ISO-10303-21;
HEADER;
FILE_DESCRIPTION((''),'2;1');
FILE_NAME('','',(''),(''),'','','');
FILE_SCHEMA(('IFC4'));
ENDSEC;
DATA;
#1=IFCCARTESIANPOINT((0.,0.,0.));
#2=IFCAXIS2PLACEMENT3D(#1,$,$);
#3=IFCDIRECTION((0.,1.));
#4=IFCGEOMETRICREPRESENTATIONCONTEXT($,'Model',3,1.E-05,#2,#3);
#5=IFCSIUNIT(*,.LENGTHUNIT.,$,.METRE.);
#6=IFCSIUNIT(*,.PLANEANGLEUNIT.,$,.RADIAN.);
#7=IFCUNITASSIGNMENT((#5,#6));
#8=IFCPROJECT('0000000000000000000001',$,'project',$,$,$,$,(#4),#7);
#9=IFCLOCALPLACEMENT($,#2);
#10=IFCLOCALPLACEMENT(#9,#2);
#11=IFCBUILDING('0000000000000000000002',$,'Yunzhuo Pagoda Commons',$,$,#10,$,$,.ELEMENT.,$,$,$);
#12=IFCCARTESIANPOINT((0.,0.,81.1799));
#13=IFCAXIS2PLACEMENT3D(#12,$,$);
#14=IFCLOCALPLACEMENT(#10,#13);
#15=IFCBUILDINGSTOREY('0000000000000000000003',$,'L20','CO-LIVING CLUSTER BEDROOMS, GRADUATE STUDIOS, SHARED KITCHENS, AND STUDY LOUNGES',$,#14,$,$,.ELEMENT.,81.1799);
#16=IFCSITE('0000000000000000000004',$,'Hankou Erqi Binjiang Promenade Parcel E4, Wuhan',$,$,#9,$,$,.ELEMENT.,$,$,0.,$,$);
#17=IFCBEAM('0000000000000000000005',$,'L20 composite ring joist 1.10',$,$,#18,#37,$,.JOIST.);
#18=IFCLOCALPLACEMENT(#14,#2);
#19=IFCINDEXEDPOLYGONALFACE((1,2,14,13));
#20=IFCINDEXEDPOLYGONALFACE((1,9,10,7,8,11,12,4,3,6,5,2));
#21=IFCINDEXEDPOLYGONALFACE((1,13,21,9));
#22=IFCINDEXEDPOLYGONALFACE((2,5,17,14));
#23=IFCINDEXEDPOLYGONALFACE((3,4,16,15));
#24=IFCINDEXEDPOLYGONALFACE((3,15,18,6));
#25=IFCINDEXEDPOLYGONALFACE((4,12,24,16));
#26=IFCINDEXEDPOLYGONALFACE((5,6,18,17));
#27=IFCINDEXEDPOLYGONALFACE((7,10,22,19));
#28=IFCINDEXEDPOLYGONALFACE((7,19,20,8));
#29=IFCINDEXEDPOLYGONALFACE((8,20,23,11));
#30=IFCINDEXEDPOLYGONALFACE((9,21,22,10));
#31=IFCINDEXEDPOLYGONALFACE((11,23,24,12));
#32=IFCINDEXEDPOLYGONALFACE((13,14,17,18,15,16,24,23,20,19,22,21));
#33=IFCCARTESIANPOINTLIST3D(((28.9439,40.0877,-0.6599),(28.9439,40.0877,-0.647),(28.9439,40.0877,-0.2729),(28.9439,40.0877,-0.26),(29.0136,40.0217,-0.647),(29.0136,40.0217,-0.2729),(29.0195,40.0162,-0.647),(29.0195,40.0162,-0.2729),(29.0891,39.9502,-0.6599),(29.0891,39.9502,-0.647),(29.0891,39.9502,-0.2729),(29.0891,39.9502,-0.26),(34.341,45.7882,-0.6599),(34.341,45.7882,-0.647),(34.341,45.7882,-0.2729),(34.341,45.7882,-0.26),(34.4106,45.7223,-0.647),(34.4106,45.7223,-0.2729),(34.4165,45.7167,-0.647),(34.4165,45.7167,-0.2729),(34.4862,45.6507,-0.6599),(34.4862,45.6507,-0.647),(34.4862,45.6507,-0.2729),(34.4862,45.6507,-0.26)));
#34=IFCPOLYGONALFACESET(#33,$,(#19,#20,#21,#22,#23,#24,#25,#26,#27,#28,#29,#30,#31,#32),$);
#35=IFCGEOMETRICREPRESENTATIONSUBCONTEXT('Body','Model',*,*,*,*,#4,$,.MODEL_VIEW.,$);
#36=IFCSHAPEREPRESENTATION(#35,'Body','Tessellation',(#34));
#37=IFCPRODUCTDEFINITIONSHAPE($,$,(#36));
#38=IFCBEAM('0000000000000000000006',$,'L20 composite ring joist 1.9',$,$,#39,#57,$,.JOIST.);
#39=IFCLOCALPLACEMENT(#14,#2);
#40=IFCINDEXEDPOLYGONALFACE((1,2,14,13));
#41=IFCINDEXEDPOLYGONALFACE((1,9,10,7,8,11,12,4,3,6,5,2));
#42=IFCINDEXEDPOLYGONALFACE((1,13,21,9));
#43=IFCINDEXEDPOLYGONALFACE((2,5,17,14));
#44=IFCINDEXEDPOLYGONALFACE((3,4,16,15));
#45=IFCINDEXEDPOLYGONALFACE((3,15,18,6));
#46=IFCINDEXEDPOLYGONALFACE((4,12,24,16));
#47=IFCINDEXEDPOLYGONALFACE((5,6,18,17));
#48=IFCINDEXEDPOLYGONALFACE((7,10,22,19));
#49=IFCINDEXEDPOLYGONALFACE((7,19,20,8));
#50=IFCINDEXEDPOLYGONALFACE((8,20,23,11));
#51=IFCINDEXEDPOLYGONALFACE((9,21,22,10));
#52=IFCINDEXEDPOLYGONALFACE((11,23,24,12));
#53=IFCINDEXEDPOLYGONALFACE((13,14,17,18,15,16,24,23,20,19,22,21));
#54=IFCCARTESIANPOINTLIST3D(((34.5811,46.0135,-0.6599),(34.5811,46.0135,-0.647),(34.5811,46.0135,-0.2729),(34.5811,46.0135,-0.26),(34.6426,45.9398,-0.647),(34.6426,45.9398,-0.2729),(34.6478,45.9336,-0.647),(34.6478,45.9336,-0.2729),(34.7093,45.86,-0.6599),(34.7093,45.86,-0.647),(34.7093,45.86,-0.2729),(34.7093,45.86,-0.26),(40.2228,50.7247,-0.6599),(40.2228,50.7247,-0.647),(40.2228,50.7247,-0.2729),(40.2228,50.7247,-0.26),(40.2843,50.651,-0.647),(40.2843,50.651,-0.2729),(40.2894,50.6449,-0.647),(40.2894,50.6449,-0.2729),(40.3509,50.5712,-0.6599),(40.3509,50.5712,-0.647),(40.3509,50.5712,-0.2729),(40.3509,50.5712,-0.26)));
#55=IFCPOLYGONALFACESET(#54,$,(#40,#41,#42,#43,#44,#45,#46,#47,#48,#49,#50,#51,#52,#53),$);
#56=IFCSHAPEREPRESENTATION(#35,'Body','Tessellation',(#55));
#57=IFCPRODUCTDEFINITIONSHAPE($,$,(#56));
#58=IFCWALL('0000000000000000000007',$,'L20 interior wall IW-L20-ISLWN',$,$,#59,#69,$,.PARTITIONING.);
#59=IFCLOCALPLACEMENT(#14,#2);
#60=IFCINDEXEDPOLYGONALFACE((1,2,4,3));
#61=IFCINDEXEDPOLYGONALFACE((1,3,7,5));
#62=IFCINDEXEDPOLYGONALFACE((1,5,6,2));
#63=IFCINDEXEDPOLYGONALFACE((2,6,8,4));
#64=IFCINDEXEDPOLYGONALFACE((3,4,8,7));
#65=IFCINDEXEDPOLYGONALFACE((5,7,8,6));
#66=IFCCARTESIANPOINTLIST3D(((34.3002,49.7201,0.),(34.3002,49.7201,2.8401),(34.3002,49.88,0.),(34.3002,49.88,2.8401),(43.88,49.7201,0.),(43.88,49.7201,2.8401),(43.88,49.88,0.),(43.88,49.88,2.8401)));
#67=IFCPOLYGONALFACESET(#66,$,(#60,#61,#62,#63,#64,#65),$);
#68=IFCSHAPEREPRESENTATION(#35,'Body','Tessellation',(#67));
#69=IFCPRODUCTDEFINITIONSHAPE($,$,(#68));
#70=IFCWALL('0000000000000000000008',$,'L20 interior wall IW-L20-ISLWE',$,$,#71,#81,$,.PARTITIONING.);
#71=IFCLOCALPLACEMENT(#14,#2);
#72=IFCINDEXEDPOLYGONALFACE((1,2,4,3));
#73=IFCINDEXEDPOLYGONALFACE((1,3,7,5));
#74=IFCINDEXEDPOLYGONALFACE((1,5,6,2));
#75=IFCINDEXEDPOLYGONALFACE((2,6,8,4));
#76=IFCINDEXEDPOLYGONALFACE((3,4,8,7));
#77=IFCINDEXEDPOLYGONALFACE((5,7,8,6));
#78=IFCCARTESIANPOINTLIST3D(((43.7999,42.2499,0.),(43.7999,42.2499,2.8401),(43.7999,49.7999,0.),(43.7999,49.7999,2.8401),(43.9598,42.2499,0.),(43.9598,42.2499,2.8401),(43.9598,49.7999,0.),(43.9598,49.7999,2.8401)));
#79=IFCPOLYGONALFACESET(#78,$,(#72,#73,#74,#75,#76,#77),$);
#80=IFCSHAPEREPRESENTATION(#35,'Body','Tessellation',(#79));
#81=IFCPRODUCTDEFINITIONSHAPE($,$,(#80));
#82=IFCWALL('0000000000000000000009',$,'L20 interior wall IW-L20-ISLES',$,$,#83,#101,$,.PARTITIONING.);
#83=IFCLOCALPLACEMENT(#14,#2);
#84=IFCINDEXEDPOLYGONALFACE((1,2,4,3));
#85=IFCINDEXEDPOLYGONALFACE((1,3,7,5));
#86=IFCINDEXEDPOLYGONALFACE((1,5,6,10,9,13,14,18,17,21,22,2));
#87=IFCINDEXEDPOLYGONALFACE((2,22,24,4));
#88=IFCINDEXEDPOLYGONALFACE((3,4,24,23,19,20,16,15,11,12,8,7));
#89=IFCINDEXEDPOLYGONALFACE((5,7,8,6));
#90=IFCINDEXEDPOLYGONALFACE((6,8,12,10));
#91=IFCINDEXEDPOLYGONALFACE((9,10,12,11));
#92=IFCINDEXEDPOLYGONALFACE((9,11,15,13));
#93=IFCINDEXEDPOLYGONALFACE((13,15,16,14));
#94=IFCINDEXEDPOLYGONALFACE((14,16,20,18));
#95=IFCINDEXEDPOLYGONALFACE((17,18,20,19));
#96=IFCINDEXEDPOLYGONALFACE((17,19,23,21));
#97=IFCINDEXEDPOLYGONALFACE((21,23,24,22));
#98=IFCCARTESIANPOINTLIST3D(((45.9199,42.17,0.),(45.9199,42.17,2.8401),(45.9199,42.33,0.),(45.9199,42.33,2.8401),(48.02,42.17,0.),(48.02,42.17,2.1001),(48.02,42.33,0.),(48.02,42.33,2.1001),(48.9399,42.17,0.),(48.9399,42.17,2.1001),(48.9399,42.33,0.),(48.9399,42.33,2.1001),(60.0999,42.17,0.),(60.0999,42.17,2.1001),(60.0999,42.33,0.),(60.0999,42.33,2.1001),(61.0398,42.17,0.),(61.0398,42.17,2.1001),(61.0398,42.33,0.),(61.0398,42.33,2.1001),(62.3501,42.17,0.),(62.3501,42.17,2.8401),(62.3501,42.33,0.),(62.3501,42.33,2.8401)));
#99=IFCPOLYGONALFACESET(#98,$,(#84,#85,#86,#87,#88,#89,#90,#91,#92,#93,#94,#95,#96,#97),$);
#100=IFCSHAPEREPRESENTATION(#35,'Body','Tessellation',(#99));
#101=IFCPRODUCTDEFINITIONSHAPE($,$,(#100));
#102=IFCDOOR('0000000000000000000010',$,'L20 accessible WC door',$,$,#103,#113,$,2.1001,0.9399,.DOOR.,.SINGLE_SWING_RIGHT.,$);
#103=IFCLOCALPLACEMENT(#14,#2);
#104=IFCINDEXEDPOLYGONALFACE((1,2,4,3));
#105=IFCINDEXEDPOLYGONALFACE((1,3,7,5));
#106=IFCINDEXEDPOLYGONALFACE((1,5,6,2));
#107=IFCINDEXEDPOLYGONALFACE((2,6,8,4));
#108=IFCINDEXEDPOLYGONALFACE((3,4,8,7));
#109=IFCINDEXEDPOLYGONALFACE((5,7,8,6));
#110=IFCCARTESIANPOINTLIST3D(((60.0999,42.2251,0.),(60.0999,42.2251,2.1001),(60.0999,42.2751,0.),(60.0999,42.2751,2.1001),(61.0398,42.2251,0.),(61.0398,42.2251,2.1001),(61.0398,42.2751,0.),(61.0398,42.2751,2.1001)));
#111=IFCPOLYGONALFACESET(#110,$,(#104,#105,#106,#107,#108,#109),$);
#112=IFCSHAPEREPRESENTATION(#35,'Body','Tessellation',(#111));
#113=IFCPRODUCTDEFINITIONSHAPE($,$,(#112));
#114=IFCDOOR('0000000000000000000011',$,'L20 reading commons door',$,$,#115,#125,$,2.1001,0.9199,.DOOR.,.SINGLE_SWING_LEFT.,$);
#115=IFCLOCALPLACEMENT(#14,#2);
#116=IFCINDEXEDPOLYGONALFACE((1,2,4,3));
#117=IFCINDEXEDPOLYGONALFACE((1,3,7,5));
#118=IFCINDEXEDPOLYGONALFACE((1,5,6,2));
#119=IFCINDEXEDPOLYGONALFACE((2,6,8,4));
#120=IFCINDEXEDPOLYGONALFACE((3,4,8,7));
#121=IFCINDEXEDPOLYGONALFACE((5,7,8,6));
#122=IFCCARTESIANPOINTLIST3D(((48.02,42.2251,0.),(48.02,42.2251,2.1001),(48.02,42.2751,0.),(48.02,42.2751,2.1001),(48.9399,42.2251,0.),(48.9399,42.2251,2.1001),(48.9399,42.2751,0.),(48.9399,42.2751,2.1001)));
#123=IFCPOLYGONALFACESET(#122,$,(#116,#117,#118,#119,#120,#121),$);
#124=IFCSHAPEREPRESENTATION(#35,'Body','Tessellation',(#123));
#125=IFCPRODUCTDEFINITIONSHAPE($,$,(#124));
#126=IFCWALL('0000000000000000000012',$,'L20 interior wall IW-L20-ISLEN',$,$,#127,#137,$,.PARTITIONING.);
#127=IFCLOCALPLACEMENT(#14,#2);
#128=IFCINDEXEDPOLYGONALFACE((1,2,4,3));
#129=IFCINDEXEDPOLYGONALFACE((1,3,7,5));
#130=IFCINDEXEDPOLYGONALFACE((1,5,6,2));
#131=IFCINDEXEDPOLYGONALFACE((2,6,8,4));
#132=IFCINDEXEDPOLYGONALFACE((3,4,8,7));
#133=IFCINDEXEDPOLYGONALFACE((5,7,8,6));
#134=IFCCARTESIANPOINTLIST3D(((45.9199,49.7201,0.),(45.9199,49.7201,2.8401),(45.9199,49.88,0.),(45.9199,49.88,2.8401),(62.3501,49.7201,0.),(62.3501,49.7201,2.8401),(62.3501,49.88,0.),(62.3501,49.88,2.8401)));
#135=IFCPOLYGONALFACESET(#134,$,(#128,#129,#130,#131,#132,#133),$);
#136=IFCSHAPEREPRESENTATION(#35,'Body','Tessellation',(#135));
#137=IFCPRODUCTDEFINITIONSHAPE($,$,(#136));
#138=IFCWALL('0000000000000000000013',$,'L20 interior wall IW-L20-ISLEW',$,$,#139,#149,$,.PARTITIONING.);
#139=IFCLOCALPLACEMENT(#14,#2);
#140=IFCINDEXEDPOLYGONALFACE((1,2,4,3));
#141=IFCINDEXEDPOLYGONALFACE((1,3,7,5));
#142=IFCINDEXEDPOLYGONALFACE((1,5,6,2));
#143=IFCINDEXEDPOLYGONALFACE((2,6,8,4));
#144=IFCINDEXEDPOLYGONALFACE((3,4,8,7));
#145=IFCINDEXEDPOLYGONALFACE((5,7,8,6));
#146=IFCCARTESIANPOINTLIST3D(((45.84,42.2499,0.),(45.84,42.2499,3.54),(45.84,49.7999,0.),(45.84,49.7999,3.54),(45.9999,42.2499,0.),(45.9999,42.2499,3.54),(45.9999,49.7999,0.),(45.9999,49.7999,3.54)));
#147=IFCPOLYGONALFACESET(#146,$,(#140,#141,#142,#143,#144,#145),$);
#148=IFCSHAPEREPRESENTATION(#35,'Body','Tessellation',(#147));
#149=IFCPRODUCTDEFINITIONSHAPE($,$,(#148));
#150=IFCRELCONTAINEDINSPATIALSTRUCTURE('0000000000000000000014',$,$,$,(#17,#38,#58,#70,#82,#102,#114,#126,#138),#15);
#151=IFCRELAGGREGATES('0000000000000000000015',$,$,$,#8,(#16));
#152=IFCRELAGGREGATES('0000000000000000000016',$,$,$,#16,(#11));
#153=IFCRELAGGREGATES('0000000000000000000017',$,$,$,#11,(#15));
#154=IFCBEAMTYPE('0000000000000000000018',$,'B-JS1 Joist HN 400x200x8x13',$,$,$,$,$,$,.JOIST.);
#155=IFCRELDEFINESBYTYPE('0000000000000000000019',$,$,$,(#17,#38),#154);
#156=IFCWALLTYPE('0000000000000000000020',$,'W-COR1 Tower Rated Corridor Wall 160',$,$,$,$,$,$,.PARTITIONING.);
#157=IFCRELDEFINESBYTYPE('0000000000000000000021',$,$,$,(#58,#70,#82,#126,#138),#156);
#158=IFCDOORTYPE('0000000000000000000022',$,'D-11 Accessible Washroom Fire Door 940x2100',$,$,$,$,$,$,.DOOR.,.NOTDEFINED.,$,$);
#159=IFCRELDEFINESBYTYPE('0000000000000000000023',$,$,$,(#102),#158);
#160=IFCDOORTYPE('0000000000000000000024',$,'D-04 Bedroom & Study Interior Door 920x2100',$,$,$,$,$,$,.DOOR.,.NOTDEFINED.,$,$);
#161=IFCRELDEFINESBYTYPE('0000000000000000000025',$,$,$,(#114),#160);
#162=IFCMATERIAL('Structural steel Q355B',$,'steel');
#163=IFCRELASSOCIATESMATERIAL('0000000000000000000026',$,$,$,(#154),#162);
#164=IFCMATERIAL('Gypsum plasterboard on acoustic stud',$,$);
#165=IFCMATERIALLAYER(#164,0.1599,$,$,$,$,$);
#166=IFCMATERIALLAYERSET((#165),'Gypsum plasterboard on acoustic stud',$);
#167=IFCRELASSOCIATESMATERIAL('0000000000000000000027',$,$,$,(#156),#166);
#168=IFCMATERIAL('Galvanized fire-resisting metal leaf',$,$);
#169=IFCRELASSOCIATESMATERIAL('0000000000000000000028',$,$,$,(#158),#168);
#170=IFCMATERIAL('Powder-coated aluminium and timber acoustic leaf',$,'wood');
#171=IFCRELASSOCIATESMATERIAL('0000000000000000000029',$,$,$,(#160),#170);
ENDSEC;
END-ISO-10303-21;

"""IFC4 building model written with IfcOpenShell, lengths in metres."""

from ifc_helpers import new_model, si_unit, direction, frame, frame_2d, origin, origin_2d, place, context, subcontext, project, spatial, rectangle, i_section, extrude, source, transform, mapped, material, layer, layer_set, material_profile, profile_set, type_object, element, fill, save


model = new_model("IFC4")

# Units and contexts
model_context = context("Model", 3, precision=1e-05, world=origin(), true_north=direction((0.0, 1.0)))
body_context = subcontext(model_context, "Body", "Model", "MODEL_VIEW")
ifc_project = project(units=[si_unit("LENGTHUNIT", "METRE"), si_unit("PLANEANGLEUNIT", "RADIAN")], contexts=[model_context])

# Site, building, storey
site_placement = place(None, origin())
site = spatial("IfcSite", under=ifc_project, at=site_placement, Name="Hankou Erqi Binjiang Promenade Parcel E4, Wuhan", CompositionType="ELEMENT", RefElevation=0.0)
building_placement = place(site_placement, origin())
building = spatial("IfcBuilding", under=site, at=building_placement, Name="Yunzhuo Pagoda Commons", CompositionType="ELEMENT")
storey_placement = place(building_placement, frame((0.0, 0.0, 81.1799)))
storey = spatial("IfcBuildingStorey", under=building, at=storey_placement, Name="L20", Description="CO-LIVING CLUSTER BEDROOMS, GRADUATE STUDIOS, SHARED KITCHENS, AND STUDY LOUNGES", CompositionType="ELEMENT", Elevation=81.1799)

# Beams
ifc_material_1 = material(Name="Structural steel Q355B", Category="steel")
ifc_material_profile = material_profile(ifc_material_1, i_section(OverallWidth=0.2, OverallDepth=0.3999, WebThickness=0.0081, FlangeThickness=0.0129, at=origin_2d()), Name="Structural steel Q355B")
ifc_profile_set = profile_set([ifc_material_profile], Name="Structural steel Q355B")
beam_type = type_object("IfcBeamType", Name="B-JS1 Joist HN 400x200x8x13", PredefinedType="JOIST", material=ifc_profile_set)
shared_shape_1 = source(origin(), body_context, "Body", "SweptSolid", [
    extrude(i_section(OverallWidth=0.2, OverallDepth=0.3999, WebThickness=0.0081, FlangeThickness=0.0129, at=origin_2d()), origin(), (0.0, 0.0, 1.0), 7.8501),
])
beam_1_placement = place(storey_placement, frame((34.4136, 45.7195, -0.46), z_axis=(-0.687513, -0.726172, 0.0), x_axis=(0.726172, -0.687513, 0.0)))
element("IfcBeam", 1, at=beam_1_placement, inside=storey, type_object=beam_type, Name="L20 composite ring joist 1.10", PredefinedType="JOIST", context=body_context, shape_type="MappedRepresentation", body=[
    mapped(shared_shape_1, transform((0.0, 0.0, 0.0), scale=1.0)),
])
shared_shape_2 = source(origin(), body_context, "Body", "SweptSolid", [
    extrude(i_section(OverallWidth=0.2, OverallDepth=0.3999, WebThickness=0.0081, FlangeThickness=0.0129, at=origin_2d()), origin(), (0.0, 0.0, 1.0), 7.3501),
])
beam_2_placement = place(storey_placement, frame((40.2869, 50.6479, -0.46), z_axis=(-0.767562, -0.640975, 0.0), x_axis=(0.640975, -0.767562, 0.0)))
element("IfcBeam", 2, at=beam_2_placement, inside=storey, type_object=beam_type, Name="L20 composite ring joist 1.9", PredefinedType="JOIST", context=body_context, shape_type="MappedRepresentation", body=[
    mapped(shared_shape_2, transform((0.0, 0.0, 0.0), scale=1.0)),
])

# Walls
ifc_material_2 = material(Name="Gypsum plasterboard on acoustic stud")
ifc_layer_1 = layer(ifc_material_2, 0.1599)
ifc_layer_set_1 = layer_set([ifc_layer_1], Name="Gypsum plasterboard on acoustic stud")
wall_type_1 = type_object("IfcWallType", Name="W-COR1 Tower Rated Corridor Wall 160", PredefinedType="PARTITIONING", material=ifc_layer_set_1)
wall_1_placement = place(storey_placement, frame((34.3, 49.8, 0.0), z_axis=(0.0, 0.0, 1.0), x_axis=(1.0, 0.0, 0.0)))
element("IfcWall", 3, at=wall_1_placement, inside=storey, type_object=wall_type_1, Name="L20 interior wall IW-L20-ISLWN", PredefinedType="PARTITIONING", context=body_context, shape_type="SweptSolid", body=[
    extrude(rectangle(XDim=9.5798, YDim=0.1599, at=frame_2d((4.79, 0.0))), origin(), (0.0, 0.0, 1.0), 2.8401),
])
wall_2_placement = place(storey_placement, frame((43.8799, 42.25, 0.0), z_axis=(0.0, 0.0, 1.0), x_axis=(0.0, 1.0, 0.0)))
element("IfcWall", 4, at=wall_2_placement, inside=storey, type_object=wall_type_1, Name="L20 interior wall IW-L20-ISLWE", PredefinedType="PARTITIONING", context=body_context, shape_type="SweptSolid", body=[
    extrude(rectangle(XDim=7.55, YDim=0.1599, at=frame_2d((3.7749, 0.0))), origin(), (0.0, 0.0, 1.0), 2.8401),
])

# Wall, openings, doors
wall_3_placement = place(storey_placement, frame((45.9199, 42.25, 0.0), z_axis=(0.0, 0.0, 1.0), x_axis=(1.0, 0.0, 0.0)))
wall_3 = element("IfcWall", 5, at=wall_3_placement, inside=storey, type_object=wall_type_1, Name="L20 interior wall IW-L20-ISLES", PredefinedType="PARTITIONING", context=body_context, shape_type="SweptSolid", body=[
    extrude(rectangle(XDim=16.4302, YDim=0.1599, at=frame_2d((8.2151, 0.0))), origin(), (0.0, 0.0, 1.0), 2.8401),
])
opening_1_placement = place(wall_3_placement, frame((2.1001, 0.0, 0.0)))
opening_1 = element("IfcOpeningElement", 6, at=opening_1_placement, cuts=wall_3, PredefinedType="OPENING", context=body_context, shape_type="SweptSolid", body=[
    extrude(rectangle(XDim=0.9199, YDim=2.1001, at=frame_2d((0.46, 1.05))), frame((0.0, 0.0898, 0.0), z_axis=(0.0, -1.0, 0.0), x_axis=(1.0, 0.0, 0.0)), (0.0, 0.0, 1.0), 0.1799),
])
opening_2_placement = place(wall_3_placement, frame((14.1799, 0.0, 0.0)))
opening_2 = element("IfcOpeningElement", 7, at=opening_2_placement, cuts=wall_3, PredefinedType="OPENING", context=body_context, shape_type="SweptSolid", body=[
    extrude(rectangle(XDim=0.9399, YDim=2.1001, at=frame_2d((0.47, 1.05))), frame((0.0, 0.0898, 0.0), z_axis=(0.0, -1.0, 0.0), x_axis=(1.0, 0.0, 0.0)), (0.0, 0.0, 1.0), 0.1799),
])
ifc_material_3 = material(Name="Galvanized fire-resisting metal leaf")
door_type_1 = type_object("IfcDoorType", Name="D-11 Accessible Washroom Fire Door 940x2100", OperationType="NOTDEFINED", PredefinedType="DOOR", material=ifc_material_3)
shared_shape_3 = source(origin(), body_context, "Body", "SweptSolid", [
    extrude(rectangle(XDim=0.9399, YDim=2.1001, at=frame_2d((0.47, 1.05))), frame((0.0, 0.0249, 0.0), z_axis=(0.0, -1.0, 0.0), x_axis=(1.0, 0.0, 0.0)), (0.0, 0.0, 1.0), 0.05),
])
door_1_placement = place(opening_2_placement, frame((0.9399, 0.0, 0.0), z_axis=(0.0, 0.0, 1.0), x_axis=(-1.0, 0.0, 0.0)))
door_1 = element("IfcDoor", 8, at=door_1_placement, inside=storey, type_object=door_type_1, Name="L20 accessible WC door", OperationType="SINGLE_SWING_RIGHT", OverallHeight=2.1001, OverallWidth=0.9399, PredefinedType="DOOR", context=body_context, shape_type="MappedRepresentation", body=[
    mapped(shared_shape_3, transform((0.0, 0.0, 0.0), scale=1.0)),
])
fill(opening_2, door_1)
ifc_material_4 = material(Name="Powder-coated aluminium and timber acoustic leaf", Category="wood")
door_type_2 = type_object("IfcDoorType", Name="D-04 Bedroom & Study Interior Door 920x2100", OperationType="NOTDEFINED", PredefinedType="DOOR", material=ifc_material_4)
shared_shape_4 = source(origin(), body_context, "Body", "SweptSolid", [
    extrude(rectangle(XDim=0.9199, YDim=2.1001, at=frame_2d((0.46, 1.05))), frame((0.0, 0.0249, 0.0), z_axis=(0.0, -1.0, 0.0), x_axis=(1.0, 0.0, 0.0)), (0.0, 0.0, 1.0), 0.05),
])
door_2_placement = place(opening_1_placement, frame((0.9199, 0.0, 0.0), z_axis=(0.0, 0.0, 1.0), x_axis=(-1.0, 0.0, 0.0)))
door_2 = element("IfcDoor", 9, at=door_2_placement, inside=storey, type_object=door_type_2, Name="L20 reading commons door", OperationType="SINGLE_SWING_LEFT", OverallHeight=2.1001, OverallWidth=0.9199, PredefinedType="DOOR", context=body_context, shape_type="MappedRepresentation", body=[
    mapped(shared_shape_4, transform((0.0, 0.0, 0.0), scale=1.0)),
])
fill(opening_1, door_2)

# Walls
wall_4_placement = place(storey_placement, frame((45.9199, 49.8, 0.0), z_axis=(0.0, 0.0, 1.0), x_axis=(1.0, 0.0, 0.0)))
element("IfcWall", 10, at=wall_4_placement, inside=storey, type_object=wall_type_1, Name="L20 interior wall IW-L20-ISLEN", PredefinedType="PARTITIONING", context=body_context, shape_type="SweptSolid", body=[
    extrude(rectangle(XDim=16.4302, YDim=0.1599, at=frame_2d((8.2151, 0.0))), origin(), (0.0, 0.0, 1.0), 2.8401),
])
wall_5_placement = place(storey_placement, frame((45.9199, 42.25, 0.0), z_axis=(0.0, 0.0, 1.0), x_axis=(0.0, 1.0, 0.0)))
element("IfcWall", 11, at=wall_5_placement, inside=storey, type_object=wall_type_1, Name="L20 interior wall IW-L20-ISLEW", PredefinedType="PARTITIONING", context=body_context, shape_type="SweptSolid", body=[
    extrude(rectangle(XDim=7.55, YDim=0.1599, at=frame_2d((3.7749, 0.0))), origin(), (0.0, 0.0, 1.0), 3.54),
])

save(model, "model.ifc")
